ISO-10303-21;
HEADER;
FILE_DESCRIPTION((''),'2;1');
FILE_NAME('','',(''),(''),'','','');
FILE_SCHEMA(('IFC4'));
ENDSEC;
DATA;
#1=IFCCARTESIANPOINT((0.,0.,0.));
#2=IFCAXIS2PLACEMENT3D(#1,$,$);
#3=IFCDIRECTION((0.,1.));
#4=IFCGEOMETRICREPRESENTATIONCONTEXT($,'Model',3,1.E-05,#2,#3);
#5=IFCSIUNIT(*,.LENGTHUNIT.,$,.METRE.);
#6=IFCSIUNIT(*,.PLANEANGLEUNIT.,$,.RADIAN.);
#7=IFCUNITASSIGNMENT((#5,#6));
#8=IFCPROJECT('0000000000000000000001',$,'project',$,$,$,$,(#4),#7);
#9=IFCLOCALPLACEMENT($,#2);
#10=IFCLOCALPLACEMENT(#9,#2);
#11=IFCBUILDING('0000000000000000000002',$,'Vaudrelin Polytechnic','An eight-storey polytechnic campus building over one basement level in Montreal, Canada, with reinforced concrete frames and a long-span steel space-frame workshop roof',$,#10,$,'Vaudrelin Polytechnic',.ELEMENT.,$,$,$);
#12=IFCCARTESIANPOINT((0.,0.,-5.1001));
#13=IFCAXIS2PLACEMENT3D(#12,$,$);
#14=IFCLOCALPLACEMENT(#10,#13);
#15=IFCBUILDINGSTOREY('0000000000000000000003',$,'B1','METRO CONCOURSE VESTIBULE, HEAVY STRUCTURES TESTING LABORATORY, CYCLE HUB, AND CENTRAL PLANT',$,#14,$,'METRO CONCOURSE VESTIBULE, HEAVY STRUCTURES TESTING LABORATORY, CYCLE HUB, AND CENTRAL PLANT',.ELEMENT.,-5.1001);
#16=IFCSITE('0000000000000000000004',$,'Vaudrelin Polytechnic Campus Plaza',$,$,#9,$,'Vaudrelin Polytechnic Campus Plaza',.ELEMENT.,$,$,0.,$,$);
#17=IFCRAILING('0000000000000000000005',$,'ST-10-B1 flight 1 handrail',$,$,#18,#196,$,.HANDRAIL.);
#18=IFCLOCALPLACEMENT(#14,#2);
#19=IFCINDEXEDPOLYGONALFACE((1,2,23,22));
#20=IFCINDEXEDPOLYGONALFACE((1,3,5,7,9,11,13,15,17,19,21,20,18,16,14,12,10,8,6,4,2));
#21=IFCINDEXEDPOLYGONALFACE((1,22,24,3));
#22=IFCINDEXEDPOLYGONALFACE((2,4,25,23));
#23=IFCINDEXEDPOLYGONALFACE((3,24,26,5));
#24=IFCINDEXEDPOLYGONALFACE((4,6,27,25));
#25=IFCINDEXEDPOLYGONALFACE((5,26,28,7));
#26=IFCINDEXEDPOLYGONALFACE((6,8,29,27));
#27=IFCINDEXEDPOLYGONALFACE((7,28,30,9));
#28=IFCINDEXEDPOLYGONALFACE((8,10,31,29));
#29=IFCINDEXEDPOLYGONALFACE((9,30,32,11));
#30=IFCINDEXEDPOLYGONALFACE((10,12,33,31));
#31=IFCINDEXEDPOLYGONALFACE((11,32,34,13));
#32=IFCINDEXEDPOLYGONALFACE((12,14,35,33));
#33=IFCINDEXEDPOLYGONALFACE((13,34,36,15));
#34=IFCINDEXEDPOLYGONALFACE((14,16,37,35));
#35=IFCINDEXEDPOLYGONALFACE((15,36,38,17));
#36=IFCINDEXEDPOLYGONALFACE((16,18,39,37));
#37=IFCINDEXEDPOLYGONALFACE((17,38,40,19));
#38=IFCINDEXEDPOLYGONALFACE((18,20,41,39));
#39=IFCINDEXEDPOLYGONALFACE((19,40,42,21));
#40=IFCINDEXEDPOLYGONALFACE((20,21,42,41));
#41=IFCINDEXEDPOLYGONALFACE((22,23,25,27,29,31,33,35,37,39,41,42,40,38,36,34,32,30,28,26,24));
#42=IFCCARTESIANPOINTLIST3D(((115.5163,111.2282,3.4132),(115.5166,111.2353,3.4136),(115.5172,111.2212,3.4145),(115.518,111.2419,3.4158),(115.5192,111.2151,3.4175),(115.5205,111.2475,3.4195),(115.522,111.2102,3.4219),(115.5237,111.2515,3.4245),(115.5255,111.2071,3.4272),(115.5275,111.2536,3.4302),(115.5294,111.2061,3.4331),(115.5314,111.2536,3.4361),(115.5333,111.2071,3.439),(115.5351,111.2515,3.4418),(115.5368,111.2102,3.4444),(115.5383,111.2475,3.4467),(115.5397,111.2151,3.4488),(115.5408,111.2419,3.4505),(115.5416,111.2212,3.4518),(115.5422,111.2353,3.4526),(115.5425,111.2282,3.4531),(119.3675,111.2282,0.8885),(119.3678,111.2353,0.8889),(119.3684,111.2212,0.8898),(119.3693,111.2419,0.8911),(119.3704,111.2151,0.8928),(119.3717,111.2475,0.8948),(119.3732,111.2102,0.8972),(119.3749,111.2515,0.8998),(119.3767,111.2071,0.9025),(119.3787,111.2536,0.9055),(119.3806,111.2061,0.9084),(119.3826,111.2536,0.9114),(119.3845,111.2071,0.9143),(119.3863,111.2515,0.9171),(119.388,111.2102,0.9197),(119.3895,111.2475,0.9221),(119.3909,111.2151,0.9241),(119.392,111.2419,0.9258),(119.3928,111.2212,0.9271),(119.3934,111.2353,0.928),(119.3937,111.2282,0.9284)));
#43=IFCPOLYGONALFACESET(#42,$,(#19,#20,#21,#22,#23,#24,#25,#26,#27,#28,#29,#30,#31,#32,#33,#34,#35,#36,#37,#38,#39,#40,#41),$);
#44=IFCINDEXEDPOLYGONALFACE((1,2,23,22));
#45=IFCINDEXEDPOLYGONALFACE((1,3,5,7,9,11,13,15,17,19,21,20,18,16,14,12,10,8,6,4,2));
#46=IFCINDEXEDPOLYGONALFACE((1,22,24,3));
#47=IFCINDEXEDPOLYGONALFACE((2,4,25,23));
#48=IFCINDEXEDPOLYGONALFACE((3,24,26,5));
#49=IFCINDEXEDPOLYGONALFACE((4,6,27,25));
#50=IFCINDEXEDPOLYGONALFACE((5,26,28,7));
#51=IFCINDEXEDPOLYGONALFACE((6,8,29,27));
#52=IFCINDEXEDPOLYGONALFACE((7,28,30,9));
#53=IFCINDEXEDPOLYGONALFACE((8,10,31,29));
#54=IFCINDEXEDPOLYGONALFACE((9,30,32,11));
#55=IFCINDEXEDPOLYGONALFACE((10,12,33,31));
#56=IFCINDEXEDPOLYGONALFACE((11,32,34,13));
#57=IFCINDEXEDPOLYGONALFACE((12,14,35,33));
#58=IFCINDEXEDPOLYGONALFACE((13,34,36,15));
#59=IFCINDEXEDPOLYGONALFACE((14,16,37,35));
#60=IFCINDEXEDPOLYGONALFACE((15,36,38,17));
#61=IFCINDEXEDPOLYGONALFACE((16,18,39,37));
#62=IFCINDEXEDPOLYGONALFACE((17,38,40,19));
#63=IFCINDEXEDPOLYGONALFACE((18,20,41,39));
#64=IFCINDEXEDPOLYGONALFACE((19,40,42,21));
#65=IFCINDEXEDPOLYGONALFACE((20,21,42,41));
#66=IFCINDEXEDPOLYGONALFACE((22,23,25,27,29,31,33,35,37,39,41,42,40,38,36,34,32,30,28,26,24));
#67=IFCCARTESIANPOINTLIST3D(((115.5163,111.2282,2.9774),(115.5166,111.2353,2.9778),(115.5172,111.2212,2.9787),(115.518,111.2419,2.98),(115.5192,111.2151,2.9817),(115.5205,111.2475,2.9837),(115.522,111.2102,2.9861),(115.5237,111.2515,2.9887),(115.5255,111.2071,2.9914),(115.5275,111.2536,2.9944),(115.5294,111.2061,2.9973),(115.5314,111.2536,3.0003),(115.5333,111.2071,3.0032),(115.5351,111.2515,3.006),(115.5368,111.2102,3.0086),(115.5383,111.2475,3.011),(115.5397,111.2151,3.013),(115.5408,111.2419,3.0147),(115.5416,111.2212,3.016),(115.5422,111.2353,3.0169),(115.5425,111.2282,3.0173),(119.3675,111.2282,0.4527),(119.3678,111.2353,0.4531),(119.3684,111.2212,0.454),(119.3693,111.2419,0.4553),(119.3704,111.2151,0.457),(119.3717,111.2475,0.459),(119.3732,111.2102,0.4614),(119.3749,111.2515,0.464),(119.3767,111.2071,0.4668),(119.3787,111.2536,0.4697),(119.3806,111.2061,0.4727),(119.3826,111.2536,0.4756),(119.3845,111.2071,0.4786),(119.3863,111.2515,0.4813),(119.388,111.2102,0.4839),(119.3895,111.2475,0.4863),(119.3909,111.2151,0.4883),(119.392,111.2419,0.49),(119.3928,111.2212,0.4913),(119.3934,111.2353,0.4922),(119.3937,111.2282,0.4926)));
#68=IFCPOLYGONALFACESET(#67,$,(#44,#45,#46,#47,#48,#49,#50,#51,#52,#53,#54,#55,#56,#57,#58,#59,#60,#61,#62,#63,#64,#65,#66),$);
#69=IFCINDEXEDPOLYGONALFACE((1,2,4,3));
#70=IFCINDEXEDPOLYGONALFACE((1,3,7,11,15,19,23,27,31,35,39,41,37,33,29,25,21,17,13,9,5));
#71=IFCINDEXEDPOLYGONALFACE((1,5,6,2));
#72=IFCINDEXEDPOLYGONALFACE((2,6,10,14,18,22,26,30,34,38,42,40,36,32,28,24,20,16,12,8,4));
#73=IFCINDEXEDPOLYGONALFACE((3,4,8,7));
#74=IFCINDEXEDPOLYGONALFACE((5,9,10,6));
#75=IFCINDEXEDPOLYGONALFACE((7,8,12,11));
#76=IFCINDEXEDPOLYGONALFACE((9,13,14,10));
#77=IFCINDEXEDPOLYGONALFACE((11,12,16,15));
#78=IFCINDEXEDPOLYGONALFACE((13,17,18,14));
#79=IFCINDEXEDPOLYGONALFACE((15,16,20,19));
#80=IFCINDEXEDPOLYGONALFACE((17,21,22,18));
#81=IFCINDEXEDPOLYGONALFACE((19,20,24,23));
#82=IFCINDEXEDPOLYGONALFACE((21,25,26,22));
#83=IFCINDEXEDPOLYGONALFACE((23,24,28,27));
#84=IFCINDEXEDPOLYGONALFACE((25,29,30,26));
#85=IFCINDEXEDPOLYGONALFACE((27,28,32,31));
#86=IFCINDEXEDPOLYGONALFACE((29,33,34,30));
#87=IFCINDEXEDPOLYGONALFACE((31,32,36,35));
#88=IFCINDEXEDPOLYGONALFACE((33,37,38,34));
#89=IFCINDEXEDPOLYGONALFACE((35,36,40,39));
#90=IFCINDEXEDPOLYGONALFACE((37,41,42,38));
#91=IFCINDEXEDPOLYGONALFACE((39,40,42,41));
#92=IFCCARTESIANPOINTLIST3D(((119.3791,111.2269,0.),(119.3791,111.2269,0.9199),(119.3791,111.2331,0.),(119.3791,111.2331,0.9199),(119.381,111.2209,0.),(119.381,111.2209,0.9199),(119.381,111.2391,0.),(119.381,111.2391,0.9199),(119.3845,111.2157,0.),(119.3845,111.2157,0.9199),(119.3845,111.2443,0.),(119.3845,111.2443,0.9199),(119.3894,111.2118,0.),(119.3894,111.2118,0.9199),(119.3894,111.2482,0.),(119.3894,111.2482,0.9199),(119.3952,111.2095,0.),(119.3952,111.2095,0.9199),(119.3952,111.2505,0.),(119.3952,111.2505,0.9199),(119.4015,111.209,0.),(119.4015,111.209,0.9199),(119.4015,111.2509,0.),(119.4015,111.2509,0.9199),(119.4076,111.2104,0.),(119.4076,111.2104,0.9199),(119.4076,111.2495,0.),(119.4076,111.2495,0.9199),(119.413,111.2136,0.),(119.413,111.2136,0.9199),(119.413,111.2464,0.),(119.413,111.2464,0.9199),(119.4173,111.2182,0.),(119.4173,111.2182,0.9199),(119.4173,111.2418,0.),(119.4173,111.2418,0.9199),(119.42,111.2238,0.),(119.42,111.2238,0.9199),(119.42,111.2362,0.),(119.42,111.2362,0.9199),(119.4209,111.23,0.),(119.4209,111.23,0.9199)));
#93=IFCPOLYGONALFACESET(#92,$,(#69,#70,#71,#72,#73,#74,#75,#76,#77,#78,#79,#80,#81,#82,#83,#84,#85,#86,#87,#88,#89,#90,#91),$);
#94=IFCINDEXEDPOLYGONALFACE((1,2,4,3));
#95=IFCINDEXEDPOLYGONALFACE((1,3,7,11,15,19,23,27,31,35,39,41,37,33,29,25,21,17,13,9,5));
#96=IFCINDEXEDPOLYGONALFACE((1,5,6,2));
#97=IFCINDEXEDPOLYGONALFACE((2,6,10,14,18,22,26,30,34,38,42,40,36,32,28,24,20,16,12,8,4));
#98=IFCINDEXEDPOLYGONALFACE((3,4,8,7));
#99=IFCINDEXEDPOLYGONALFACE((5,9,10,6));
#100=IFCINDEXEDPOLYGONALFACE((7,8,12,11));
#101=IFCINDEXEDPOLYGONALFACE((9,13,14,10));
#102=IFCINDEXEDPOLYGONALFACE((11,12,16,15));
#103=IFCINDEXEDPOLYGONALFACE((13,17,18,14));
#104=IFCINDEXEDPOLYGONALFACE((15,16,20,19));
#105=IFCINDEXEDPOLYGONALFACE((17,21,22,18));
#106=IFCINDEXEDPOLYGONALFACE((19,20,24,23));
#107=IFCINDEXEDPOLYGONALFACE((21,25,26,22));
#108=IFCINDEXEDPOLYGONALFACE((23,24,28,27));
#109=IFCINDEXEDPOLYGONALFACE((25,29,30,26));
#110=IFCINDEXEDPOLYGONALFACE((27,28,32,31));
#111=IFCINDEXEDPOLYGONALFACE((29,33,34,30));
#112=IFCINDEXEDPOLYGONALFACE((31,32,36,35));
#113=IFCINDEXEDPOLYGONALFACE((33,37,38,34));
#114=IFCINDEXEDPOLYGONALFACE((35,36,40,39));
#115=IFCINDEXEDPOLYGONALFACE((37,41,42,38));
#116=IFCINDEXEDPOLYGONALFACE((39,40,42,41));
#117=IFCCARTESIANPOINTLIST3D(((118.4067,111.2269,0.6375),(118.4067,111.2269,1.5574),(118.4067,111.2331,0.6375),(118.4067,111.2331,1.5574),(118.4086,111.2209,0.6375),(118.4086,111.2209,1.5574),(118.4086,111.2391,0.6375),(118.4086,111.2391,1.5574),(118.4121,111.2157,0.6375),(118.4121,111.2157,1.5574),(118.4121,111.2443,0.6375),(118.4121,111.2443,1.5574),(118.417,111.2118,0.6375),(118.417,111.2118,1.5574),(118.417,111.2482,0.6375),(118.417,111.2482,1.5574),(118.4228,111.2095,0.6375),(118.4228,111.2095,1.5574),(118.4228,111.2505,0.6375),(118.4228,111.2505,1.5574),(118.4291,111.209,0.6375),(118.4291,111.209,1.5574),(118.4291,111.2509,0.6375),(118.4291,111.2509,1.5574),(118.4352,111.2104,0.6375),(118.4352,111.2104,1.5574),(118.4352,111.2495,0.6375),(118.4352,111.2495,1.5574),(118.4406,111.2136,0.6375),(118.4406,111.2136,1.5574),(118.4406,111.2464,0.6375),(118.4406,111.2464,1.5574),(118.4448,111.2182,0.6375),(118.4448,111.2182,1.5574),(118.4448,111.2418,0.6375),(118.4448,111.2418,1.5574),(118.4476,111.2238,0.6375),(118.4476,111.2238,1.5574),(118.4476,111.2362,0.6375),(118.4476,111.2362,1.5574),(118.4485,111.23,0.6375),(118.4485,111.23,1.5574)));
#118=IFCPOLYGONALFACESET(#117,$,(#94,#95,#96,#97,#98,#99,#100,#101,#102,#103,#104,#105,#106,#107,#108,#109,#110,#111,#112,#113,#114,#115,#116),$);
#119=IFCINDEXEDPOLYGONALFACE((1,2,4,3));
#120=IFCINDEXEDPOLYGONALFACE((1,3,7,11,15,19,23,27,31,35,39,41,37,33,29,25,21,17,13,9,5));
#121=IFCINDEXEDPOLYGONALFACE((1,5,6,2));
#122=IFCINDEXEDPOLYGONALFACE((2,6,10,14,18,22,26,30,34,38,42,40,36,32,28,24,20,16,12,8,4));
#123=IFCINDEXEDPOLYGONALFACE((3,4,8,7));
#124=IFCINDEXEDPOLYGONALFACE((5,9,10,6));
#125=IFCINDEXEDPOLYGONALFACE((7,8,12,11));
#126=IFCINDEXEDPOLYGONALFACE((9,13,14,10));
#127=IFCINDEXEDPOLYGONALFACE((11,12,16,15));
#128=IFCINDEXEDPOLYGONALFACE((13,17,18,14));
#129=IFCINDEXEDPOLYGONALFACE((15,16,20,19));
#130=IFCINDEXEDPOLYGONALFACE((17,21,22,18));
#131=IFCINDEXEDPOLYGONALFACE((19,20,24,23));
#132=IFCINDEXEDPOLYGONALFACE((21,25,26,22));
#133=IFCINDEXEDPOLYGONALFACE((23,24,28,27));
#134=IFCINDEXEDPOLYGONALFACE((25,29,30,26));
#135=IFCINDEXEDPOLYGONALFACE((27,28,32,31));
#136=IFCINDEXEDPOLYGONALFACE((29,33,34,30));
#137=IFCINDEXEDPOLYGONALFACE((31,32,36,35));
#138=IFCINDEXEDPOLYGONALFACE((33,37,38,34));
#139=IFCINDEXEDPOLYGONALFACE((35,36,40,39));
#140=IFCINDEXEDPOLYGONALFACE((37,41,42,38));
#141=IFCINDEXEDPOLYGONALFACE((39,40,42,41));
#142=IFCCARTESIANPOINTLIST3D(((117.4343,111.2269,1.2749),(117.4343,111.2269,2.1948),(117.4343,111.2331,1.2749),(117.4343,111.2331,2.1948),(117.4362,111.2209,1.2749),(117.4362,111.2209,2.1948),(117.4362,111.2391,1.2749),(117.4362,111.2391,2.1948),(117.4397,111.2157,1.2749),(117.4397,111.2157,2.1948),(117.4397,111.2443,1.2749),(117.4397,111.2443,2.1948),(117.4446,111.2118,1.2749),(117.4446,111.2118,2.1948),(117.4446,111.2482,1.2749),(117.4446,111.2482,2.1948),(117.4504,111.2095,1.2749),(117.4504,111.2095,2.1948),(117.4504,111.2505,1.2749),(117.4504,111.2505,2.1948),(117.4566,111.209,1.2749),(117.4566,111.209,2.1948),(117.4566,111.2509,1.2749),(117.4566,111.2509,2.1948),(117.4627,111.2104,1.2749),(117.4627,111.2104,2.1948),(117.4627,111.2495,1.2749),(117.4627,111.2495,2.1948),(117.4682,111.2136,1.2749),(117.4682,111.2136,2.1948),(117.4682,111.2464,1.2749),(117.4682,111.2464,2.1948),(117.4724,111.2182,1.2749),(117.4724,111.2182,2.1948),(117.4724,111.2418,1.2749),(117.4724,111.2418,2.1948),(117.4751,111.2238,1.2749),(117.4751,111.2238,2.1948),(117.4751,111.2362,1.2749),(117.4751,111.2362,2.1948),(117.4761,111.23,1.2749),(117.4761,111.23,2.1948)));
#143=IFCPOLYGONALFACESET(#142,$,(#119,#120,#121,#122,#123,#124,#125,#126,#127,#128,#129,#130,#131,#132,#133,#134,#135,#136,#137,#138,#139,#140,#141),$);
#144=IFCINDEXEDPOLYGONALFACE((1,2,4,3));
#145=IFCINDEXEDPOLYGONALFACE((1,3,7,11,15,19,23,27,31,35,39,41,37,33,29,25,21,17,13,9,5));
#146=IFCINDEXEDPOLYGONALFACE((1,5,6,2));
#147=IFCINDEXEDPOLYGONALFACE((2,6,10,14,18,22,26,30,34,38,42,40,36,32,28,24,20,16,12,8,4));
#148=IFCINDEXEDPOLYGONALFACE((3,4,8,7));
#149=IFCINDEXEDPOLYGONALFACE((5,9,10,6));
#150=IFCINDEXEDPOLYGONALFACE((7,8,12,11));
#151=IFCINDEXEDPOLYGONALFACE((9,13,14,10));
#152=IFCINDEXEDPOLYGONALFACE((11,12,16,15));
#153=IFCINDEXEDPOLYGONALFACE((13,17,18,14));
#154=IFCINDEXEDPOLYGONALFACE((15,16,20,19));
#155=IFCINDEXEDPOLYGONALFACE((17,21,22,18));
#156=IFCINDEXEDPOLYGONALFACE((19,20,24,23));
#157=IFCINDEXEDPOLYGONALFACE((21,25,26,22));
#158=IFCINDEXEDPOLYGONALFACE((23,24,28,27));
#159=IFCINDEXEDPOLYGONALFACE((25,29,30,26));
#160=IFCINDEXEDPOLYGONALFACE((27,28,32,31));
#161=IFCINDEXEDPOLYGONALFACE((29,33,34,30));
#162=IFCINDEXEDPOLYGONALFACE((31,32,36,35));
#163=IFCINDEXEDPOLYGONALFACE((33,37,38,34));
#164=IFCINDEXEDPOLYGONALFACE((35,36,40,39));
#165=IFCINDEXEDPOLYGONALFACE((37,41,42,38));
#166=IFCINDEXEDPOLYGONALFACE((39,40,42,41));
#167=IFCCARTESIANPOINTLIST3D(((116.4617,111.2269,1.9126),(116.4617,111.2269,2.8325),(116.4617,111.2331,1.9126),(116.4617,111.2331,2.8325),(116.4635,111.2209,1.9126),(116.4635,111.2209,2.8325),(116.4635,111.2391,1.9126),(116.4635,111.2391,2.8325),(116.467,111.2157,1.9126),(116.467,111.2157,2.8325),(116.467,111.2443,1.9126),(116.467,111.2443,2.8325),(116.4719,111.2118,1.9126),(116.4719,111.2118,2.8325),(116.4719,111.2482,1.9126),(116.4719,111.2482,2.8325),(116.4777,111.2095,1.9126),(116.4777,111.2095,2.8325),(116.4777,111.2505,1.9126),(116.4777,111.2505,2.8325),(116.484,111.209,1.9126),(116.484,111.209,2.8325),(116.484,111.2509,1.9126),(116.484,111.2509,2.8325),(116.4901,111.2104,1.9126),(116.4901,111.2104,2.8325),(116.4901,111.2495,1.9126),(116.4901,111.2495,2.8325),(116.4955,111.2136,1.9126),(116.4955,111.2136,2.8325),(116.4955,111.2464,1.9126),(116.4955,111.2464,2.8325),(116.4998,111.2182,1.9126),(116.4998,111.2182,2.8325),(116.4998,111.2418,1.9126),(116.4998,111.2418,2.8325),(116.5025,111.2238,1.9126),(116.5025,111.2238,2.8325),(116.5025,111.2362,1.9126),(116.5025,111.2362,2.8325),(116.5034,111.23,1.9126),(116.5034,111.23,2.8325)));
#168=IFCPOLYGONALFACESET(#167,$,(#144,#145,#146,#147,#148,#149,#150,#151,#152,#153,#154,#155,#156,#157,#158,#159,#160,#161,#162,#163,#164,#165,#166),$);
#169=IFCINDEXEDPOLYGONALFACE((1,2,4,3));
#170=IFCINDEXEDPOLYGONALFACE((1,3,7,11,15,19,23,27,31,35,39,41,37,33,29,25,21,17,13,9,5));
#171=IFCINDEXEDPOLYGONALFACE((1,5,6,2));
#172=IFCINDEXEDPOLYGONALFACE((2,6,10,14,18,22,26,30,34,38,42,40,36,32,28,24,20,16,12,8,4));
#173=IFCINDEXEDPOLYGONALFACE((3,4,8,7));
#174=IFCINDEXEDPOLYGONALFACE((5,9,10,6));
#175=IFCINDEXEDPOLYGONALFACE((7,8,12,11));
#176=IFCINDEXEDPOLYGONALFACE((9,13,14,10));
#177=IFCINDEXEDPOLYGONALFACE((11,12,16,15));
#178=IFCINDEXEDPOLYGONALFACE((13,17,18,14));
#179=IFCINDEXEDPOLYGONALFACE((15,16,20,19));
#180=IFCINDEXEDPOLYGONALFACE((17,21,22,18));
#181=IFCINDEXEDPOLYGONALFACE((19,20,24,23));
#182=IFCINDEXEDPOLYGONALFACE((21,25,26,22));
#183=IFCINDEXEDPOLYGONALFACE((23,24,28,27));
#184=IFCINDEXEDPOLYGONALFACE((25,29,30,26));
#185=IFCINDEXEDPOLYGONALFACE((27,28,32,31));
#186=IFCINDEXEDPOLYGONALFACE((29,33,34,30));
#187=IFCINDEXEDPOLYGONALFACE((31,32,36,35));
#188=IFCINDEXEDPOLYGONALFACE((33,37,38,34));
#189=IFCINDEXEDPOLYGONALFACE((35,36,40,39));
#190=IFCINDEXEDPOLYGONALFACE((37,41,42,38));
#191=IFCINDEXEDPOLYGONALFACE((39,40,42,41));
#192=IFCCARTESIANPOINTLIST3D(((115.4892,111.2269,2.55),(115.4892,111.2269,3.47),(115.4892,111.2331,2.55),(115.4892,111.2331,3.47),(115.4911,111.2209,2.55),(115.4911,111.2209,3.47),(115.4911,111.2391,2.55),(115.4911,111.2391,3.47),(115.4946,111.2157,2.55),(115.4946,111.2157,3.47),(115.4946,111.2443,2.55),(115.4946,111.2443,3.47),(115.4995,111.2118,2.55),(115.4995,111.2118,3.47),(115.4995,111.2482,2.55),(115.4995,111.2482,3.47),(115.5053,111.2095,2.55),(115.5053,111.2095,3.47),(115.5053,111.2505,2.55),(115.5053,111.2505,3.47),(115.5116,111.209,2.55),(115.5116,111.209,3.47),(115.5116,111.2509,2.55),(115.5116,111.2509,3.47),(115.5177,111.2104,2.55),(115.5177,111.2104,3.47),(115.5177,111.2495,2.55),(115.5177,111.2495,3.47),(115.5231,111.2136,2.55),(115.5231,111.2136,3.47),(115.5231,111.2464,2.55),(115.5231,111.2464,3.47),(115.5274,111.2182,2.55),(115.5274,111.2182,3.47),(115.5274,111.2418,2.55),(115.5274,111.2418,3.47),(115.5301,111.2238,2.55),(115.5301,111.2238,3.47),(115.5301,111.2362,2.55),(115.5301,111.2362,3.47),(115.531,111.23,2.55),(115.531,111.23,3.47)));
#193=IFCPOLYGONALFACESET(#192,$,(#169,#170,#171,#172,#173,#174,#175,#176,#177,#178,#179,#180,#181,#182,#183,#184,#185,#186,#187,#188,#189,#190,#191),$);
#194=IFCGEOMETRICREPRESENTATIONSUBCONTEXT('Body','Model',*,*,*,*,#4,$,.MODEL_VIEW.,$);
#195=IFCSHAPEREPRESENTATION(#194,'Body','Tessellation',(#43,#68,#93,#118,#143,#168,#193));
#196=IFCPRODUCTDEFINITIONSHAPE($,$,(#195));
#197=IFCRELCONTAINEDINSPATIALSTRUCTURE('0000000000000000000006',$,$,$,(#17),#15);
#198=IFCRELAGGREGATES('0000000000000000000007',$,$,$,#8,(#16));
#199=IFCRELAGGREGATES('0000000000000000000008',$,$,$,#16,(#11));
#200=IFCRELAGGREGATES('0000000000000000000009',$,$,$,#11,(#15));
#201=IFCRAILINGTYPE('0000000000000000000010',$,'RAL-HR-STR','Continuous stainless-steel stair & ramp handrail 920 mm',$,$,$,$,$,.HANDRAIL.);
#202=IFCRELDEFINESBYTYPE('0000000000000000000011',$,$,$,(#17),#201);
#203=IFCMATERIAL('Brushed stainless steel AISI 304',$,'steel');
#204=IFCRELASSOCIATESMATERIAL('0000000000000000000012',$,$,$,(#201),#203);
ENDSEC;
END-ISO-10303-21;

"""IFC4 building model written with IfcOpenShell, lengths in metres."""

from ifc_helpers import new_model, si_unit, direction, frame, origin, origin_2d, place, context, subcontext, project, spatial, circle, extrude, material, type_object, element, save


model = new_model("IFC4")

# Units and contexts
model_context = context("Model", 3, precision=1e-05, world=origin(), true_north=direction((0.0, 1.0)))
body_context = subcontext(model_context, "Body", "Model", "MODEL_VIEW")
ifc_project = project(units=[si_unit("LENGTHUNIT", "METRE"), si_unit("PLANEANGLEUNIT", "RADIAN")], contexts=[model_context])

# Site, building, storey
site_placement = place(None, origin())
site = spatial("IfcSite", under=ifc_project, at=site_placement, Name="Vaudrelin Polytechnic Campus Plaza", LongName="Vaudrelin Polytechnic Campus Plaza", CompositionType="ELEMENT", RefElevation=0.0)
building_placement = place(site_placement, origin())
building = spatial("IfcBuilding", under=site, at=building_placement, Name="Vaudrelin Polytechnic", Description="An eight-storey polytechnic campus building over one basement level in Montreal, Canada, with reinforced concrete frames and a long-span steel space-frame workshop roof", LongName="Vaudrelin Polytechnic", CompositionType="ELEMENT")
storey_placement = place(building_placement, frame((0.0, 0.0, -5.1001)))
storey = spatial("IfcBuildingStorey", under=building, at=storey_placement, Name="B1", Description="METRO CONCOURSE VESTIBULE, HEAVY STRUCTURES TESTING LABORATORY, CYCLE HUB, AND CENTRAL PLANT", LongName="METRO CONCOURSE VESTIBULE, HEAVY STRUCTURES TESTING LABORATORY, CYCLE HUB, AND CENTRAL PLANT", CompositionType="ELEMENT", Elevation=-5.1001)

# Railing
ifc_material_1 = material(Name="Brushed stainless steel AISI 304", Category="steel")
railing_type_1 = type_object("IfcRailingType", Name="RAL-HR-STR", Description="Continuous stainless-steel stair & ramp handrail 920 mm", PredefinedType="HANDRAIL", material=ifc_material_1)
railing_1_placement = place(storey_placement, frame((119.3999, 111.23, 0.0)))
element("IfcRailing", 1, at=railing_1_placement, inside=storey, type_object=railing_type_1, Name="ST-10-B1 flight 1 handrail", PredefinedType="HANDRAIL", context=body_context, shape_type="SweptSolid", body=[
    extrude(circle(Radius=0.0239, at=origin_2d()), frame((-0.0193, 0.0, 0.9084), z_axis=(-0.836313, 0.0, 0.548252), x_axis=(0.0, -1.0, 0.0)), (0.0, 0.0, 1.0), 4.605),
    extrude(circle(Radius=0.0239, at=origin_2d()), frame((-0.0193, 0.0, 0.4727), z_axis=(-0.836313, 0.0, 0.548252), x_axis=(0.0, -1.0, 0.0)), (0.0, 0.0, 1.0), 4.605),
    extrude(circle(Radius=0.021, at=origin_2d()), origin(), (0.0, 0.0, 1.0), 0.9199),
    extrude(circle(Radius=0.021, at=origin_2d()), frame((-0.9724, 0.0, 0.6375)), (0.0, 0.0, 1.0), 0.9199),
    extrude(circle(Radius=0.021, at=origin_2d()), frame((-1.9448, 0.0, 1.2749)), (0.0, 0.0, 1.0), 0.9199),
    extrude(circle(Radius=0.021, at=origin_2d()), frame((-2.9175, 0.0, 1.9126)), (0.0, 0.0, 1.0), 0.9199),
    extrude(circle(Radius=0.021, at=origin_2d()), frame((-3.8899, 0.0, 2.55)), (0.0, 0.0, 1.0), 0.9199),
])

save(model, "model.ifc")
